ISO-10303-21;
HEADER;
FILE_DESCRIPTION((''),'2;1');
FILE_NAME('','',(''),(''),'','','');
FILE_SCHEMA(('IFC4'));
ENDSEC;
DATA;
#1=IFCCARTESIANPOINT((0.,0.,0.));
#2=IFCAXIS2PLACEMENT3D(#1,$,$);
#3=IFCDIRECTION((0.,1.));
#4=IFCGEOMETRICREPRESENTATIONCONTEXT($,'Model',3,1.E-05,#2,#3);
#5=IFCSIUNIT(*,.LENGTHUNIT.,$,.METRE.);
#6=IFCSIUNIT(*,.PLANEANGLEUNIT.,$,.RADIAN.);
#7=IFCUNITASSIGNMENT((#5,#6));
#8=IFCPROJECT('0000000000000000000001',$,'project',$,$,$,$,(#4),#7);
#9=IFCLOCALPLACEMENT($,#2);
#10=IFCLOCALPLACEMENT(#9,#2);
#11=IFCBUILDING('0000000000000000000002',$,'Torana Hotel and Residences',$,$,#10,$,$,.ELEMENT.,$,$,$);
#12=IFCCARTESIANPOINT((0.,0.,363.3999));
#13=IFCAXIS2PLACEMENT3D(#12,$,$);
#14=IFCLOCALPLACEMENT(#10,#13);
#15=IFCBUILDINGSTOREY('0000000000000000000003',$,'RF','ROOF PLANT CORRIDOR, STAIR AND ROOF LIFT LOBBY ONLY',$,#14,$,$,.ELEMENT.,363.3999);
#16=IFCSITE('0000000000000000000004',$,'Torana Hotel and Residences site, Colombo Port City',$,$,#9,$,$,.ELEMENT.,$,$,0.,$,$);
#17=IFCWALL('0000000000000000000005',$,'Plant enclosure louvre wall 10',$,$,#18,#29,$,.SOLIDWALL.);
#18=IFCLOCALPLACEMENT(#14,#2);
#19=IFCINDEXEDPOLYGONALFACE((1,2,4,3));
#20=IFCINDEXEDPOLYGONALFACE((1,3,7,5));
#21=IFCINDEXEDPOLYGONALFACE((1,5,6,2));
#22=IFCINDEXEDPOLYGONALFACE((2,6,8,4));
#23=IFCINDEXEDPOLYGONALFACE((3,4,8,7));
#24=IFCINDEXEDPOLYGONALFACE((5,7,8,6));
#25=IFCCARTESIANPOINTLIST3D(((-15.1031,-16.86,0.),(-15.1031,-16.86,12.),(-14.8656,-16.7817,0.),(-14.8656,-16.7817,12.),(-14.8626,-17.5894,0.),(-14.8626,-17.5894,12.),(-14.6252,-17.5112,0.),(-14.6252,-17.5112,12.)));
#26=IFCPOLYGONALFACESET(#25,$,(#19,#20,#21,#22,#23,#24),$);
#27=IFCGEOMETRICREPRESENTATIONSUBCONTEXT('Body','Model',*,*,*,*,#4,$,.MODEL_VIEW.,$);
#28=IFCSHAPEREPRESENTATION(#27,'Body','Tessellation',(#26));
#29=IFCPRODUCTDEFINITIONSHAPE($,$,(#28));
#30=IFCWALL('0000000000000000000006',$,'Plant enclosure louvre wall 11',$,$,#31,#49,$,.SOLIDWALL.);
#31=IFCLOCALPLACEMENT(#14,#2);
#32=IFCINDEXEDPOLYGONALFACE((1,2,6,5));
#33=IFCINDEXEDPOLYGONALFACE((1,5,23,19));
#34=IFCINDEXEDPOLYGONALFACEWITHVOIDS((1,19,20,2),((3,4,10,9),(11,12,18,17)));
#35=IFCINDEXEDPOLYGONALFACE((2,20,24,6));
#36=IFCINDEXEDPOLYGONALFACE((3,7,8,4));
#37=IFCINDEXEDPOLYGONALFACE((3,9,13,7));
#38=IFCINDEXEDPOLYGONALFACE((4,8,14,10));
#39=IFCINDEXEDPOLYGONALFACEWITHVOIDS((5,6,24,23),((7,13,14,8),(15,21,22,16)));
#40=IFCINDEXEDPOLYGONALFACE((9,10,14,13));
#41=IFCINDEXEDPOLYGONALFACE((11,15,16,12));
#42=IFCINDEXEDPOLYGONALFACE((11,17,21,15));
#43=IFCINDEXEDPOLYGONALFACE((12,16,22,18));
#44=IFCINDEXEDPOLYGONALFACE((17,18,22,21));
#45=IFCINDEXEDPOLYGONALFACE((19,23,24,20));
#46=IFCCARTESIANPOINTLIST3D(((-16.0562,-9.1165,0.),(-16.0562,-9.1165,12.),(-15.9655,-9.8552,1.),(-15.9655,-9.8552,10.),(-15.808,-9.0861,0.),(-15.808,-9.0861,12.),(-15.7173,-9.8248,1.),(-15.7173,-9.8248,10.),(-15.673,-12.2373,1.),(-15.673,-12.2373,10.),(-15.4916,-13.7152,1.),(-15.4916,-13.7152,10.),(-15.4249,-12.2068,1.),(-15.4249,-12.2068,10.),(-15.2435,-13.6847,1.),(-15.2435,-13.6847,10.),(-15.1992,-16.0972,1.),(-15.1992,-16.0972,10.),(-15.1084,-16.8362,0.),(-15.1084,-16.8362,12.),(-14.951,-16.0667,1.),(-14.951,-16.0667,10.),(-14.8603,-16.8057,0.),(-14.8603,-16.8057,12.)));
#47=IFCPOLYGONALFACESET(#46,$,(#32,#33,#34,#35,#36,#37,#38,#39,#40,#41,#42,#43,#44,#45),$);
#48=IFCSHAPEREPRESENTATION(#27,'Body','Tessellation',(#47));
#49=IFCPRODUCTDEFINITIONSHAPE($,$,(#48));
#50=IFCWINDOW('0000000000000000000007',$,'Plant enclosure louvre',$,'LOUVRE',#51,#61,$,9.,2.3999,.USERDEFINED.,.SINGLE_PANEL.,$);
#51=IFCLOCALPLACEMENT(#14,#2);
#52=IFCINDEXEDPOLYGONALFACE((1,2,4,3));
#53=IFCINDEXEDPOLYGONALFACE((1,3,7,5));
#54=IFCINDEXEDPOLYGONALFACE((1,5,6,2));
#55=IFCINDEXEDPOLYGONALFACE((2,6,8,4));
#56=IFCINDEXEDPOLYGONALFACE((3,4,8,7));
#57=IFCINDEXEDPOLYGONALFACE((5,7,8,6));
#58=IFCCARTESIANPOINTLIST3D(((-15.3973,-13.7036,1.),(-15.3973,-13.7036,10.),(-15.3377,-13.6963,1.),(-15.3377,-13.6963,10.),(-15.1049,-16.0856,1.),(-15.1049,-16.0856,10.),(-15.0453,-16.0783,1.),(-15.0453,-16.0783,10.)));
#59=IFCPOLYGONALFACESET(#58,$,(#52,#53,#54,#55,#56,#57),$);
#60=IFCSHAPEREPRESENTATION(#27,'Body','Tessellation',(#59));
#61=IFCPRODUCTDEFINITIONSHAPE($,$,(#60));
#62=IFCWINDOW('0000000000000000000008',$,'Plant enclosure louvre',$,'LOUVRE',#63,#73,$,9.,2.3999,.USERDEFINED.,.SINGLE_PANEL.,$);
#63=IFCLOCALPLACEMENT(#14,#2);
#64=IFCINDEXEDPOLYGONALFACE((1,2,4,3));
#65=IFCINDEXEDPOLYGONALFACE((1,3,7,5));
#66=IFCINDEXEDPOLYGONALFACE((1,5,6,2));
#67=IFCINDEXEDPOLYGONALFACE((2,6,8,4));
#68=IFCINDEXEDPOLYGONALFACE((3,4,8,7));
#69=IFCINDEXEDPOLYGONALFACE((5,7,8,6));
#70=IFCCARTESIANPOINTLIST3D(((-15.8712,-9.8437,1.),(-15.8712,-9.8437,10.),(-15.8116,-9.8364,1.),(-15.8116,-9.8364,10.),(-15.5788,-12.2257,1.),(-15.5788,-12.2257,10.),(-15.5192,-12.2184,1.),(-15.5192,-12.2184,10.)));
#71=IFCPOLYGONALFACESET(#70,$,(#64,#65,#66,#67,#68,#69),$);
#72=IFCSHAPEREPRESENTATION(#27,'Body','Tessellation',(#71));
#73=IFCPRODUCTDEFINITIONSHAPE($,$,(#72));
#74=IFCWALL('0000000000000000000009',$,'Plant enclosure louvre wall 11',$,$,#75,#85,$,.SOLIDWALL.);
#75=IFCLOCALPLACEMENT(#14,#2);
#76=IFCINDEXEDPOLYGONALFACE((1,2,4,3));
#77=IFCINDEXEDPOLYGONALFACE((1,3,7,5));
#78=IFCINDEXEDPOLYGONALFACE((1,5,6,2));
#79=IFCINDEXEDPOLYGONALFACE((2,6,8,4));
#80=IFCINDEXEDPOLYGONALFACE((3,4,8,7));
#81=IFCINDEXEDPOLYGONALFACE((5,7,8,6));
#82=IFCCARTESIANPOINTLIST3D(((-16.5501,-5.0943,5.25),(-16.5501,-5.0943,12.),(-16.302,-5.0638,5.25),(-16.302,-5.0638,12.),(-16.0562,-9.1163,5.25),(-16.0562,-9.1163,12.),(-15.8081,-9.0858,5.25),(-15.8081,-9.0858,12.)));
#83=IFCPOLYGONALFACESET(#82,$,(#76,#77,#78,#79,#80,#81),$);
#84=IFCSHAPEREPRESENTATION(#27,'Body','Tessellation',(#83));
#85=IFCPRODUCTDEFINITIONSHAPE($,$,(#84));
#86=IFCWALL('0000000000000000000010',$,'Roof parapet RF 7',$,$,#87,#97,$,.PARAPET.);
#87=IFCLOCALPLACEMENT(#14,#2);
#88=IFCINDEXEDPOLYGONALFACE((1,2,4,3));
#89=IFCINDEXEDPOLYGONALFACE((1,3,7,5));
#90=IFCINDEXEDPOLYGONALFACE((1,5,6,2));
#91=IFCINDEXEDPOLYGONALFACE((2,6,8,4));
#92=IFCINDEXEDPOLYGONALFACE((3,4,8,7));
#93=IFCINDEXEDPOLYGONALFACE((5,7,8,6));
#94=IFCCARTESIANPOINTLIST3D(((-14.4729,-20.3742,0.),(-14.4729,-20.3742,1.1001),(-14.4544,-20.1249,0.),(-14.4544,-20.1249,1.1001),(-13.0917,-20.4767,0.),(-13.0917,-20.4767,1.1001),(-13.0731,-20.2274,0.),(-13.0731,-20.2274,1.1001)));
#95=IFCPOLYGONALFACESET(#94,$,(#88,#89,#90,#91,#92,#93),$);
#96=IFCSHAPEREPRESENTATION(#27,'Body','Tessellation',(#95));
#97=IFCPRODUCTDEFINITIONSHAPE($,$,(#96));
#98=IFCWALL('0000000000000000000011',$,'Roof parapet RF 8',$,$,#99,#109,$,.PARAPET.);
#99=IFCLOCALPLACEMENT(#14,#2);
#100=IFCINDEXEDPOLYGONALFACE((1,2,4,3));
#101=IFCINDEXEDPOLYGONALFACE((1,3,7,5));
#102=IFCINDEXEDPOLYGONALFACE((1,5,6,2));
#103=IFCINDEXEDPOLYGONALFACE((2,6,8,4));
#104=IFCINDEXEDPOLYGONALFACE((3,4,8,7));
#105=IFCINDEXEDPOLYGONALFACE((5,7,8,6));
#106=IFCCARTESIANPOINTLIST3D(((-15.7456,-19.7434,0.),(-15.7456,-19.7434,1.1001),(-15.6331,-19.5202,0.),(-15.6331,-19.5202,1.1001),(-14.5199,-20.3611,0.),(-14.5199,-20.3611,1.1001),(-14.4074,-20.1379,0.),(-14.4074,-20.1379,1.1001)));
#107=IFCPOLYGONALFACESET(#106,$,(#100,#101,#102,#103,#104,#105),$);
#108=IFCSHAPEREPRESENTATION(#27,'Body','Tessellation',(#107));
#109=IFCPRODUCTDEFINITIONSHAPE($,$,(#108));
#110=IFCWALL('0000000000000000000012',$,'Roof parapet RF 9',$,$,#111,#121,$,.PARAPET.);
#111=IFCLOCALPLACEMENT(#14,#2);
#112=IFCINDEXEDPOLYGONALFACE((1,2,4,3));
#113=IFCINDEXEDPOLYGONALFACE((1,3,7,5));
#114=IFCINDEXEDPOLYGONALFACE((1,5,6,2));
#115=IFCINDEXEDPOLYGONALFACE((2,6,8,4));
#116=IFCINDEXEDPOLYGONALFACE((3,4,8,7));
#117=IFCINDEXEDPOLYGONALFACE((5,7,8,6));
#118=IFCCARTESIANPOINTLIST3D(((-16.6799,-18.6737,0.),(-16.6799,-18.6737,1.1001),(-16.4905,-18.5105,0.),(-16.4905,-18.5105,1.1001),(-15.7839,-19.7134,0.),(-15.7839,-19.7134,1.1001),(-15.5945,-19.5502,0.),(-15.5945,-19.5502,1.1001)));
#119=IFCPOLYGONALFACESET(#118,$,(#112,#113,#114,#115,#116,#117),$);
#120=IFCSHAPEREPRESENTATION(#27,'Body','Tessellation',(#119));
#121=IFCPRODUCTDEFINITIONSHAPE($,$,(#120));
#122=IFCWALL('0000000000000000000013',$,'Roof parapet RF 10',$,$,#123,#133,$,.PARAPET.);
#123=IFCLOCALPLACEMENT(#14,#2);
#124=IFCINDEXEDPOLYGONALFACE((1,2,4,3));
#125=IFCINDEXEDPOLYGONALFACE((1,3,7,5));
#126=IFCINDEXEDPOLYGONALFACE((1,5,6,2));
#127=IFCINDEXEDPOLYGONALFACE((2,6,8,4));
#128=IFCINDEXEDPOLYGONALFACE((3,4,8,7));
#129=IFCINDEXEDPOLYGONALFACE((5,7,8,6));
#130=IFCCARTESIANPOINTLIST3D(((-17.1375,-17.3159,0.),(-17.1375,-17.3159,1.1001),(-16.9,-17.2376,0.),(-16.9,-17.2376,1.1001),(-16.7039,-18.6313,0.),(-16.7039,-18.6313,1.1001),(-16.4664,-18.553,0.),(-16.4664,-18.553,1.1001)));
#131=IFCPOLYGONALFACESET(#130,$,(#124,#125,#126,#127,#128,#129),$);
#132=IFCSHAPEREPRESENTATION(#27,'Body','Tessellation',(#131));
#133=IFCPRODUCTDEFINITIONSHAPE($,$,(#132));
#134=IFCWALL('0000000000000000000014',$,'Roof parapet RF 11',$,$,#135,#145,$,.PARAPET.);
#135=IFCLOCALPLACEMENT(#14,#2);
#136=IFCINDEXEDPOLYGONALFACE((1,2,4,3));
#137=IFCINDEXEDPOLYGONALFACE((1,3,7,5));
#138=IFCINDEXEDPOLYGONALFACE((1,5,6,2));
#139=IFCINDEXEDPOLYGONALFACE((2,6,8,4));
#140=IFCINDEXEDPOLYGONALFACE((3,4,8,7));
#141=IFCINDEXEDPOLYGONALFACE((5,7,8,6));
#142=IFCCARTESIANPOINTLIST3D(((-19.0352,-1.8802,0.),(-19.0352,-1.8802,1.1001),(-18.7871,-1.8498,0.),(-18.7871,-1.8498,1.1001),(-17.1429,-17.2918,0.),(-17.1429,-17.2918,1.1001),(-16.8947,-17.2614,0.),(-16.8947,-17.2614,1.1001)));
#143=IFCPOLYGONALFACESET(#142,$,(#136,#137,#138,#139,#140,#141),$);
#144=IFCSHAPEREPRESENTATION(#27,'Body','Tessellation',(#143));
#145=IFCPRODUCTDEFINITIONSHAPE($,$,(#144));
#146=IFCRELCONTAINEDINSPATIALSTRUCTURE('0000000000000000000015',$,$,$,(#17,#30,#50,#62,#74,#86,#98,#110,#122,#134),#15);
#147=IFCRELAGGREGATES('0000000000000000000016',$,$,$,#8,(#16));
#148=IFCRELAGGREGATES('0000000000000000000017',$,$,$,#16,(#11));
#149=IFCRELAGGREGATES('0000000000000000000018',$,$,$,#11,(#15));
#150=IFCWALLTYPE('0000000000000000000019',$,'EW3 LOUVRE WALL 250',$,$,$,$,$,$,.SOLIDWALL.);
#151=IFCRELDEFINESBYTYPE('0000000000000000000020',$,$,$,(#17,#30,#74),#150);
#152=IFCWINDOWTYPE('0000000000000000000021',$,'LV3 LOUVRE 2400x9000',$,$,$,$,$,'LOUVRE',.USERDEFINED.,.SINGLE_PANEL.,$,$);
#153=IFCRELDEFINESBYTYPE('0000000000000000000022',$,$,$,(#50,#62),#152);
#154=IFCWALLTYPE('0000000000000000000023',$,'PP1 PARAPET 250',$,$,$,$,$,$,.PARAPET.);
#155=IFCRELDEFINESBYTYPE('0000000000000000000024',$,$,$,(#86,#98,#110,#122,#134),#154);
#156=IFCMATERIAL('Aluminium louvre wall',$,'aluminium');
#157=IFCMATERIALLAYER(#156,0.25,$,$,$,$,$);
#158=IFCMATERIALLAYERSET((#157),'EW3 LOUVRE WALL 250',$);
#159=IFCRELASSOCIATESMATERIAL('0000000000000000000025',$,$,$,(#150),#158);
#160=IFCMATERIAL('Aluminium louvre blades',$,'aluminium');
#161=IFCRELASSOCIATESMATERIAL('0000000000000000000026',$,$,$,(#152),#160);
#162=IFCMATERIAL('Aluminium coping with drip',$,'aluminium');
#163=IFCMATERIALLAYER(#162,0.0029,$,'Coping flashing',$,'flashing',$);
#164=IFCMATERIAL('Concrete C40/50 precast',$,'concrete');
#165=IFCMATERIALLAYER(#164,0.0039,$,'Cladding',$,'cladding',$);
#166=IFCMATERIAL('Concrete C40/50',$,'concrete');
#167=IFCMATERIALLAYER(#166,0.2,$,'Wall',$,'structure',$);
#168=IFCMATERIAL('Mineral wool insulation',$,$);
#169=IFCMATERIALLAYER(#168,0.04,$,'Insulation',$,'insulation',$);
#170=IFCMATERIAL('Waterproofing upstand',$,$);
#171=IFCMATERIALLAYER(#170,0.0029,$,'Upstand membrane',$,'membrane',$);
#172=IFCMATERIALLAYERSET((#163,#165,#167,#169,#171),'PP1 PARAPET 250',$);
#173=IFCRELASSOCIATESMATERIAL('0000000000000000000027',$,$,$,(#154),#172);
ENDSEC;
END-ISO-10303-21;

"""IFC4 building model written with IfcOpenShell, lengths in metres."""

from ifc_helpers import new_model, si_unit, direction, frame, frame_2d, origin, place, context, subcontext, project, spatial, rectangle, extrude, material, layer, layer_set, type_object, element, fill, save


model = new_model("IFC4")

# Units and contexts
model_context = context("Model", 3, precision=1e-05, world=origin(), true_north=direction((0.0, 1.0)))
body_context = subcontext(model_context, "Body", "Model", "MODEL_VIEW")
ifc_project = project(units=[si_unit("LENGTHUNIT", "METRE"), si_unit("PLANEANGLEUNIT", "RADIAN")], contexts=[model_context])

# Site, building, storey
site_placement = place(None, origin())
site = spatial("IfcSite", under=ifc_project, at=site_placement, Name="Torana Hotel and Residences site, Colombo Port City", CompositionType="ELEMENT", RefElevation=0.0)
building_placement = place(site_placement, origin())
building = spatial("IfcBuilding", under=site, at=building_placement, Name="Torana Hotel and Residences", CompositionType="ELEMENT")
storey_placement = place(building_placement, frame((0.0, 0.0, 363.3999)))
storey = spatial("IfcBuildingStorey", under=building, at=storey_placement, Name="RF", Description="ROOF PLANT CORRIDOR, STAIR AND ROOF LIFT LOBBY ONLY", CompositionType="ELEMENT", Elevation=363.3999)

# Wall
ifc_material_1 = material(Name="Aluminium louvre wall", Category="aluminium")
ifc_layer_1 = layer(ifc_material_1, 0.25)
ifc_layer_set_1 = layer_set([ifc_layer_1], Name="EW3 LOUVRE WALL 250")
wall_type_1 = type_object("IfcWallType", Name="EW3 LOUVRE WALL 250", PredefinedType="SOLIDWALL", material=ifc_layer_set_1)
wall_1_placement = place(storey_placement, frame((-14.7439, -17.5503, 0.0), z_axis=(0.0, 0.0, 1.0), x_axis=(-0.313079, 0.949727, 0.0)))
element("IfcWall", 1, at=wall_1_placement, inside=storey, type_object=wall_type_1, Name="Plant enclosure louvre wall 10", PredefinedType="SOLIDWALL", context=body_context, shape_type="SweptSolid", body=[
    extrude(rectangle(XDim=0.7681, YDim=0.25, at=frame_2d((0.384, 0.0))), origin(), (0.0, 0.0, 1.0), 12.0),
])

# Wall, openings, windows
wall_2_placement = place(storey_placement, frame((-14.9844, -16.8208, 0.0), z_axis=(0.0, 0.0, 1.0), x_axis=(-0.121855, 0.992548, 0.0)))
wall_2 = element("IfcWall", 2, at=wall_2_placement, inside=storey, type_object=wall_type_1, Name="Plant enclosure louvre wall 11", PredefinedType="SOLIDWALL", context=body_context, shape_type="SweptSolid", body=[
    extrude(rectangle(XDim=7.7776, YDim=0.25, at=frame_2d((3.8887, 0.0))), origin(), (0.0, 0.0, 1.0), 12.0),
])
opening_1_placement = place(wall_2_placement, frame((0.7444, 0.0, 1.0)))
opening_1 = element("IfcOpeningElement", 3, at=opening_1_placement, cuts=wall_2, PredefinedType="OPENING", context=body_context, shape_type="SweptSolid", body=[
    extrude(rectangle(XDim=2.3999, YDim=9.0, at=frame_2d((1.2, 4.5))), frame((0.0, 0.135, 0.0), z_axis=(0.0, -1.0, 0.0), x_axis=(1.0, 0.0, 0.0)), (0.0, 0.0, 1.0), 0.27),
])
opening_2_placement = place(wall_2_placement, frame((4.6333, 0.0, 1.0)))
opening_2 = element("IfcOpeningElement", 4, at=opening_2_placement, cuts=wall_2, PredefinedType="OPENING", context=body_context, shape_type="SweptSolid", body=[
    extrude(rectangle(XDim=2.3999, YDim=9.0, at=frame_2d((1.2, 4.5))), frame((0.0, 0.135, 0.0), z_axis=(0.0, -1.0, 0.0), x_axis=(1.0, 0.0, 0.0)), (0.0, 0.0, 1.0), 0.27),
])
ifc_material_2 = material(Name="Aluminium louvre blades", Category="aluminium")
window_type = type_object("IfcWindowType", Name="LV3 LOUVRE 2400x9000", ElementType="LOUVRE", PartitioningType="SINGLE_PANEL", PredefinedType="USERDEFINED", material=ifc_material_2)
window_1_placement = place(opening_1_placement, origin())
window_1 = element("IfcWindow", 5, at=window_1_placement, inside=storey, type_object=window_type, Name="Plant enclosure louvre", ObjectType="LOUVRE", OverallHeight=9.0, OverallWidth=2.3999, PartitioningType="SINGLE_PANEL", PredefinedType="USERDEFINED", context=body_context, shape_type="SweptSolid", body=[
    extrude(rectangle(XDim=2.3999, YDim=9.0, at=frame_2d((1.2, 4.5))), frame((0.0, 0.03, 0.0), z_axis=(0.0, -1.0, 0.0), x_axis=(1.0, 0.0, 0.0)), (0.0, 0.0, 1.0), 0.0601),
])
fill(opening_1, window_1)
window_2_placement = place(opening_2_placement, origin())
window_2 = element("IfcWindow", 6, at=window_2_placement, inside=storey, type_object=window_type, Name="Plant enclosure louvre", ObjectType="LOUVRE", OverallHeight=9.0, OverallWidth=2.3999, PartitioningType="SINGLE_PANEL", PredefinedType="USERDEFINED", context=body_context, shape_type="SweptSolid", body=[
    extrude(rectangle(XDim=2.3999, YDim=9.0, at=frame_2d((1.2, 4.5))), frame((0.0, 0.03, 0.0), z_axis=(0.0, -1.0, 0.0), x_axis=(1.0, 0.0, 0.0)), (0.0, 0.0, 1.0), 0.0601),
])
fill(opening_2, window_2)

# Walls
wall_3_placement = place(storey_placement, frame((-15.9321, -9.1011, 5.25), z_axis=(0.0, 0.0, 1.0), x_axis=(-0.121884, 0.992544, 0.0)))
element("IfcWall", 7, at=wall_3_placement, inside=storey, type_object=wall_type_1, Name="Plant enclosure louvre wall 11", PredefinedType="SOLIDWALL", context=body_context, shape_type="SweptSolid", body=[
    extrude(rectangle(XDim=4.0522, YDim=0.25, at=frame_2d((2.0261, 0.0))), origin(), (0.0, 0.0, 1.0), 6.75),
])
ifc_material_3 = material(Name="Aluminium coping with drip", Category="aluminium")
ifc_layer_2 = layer(ifc_material_3, 0.0029, Name="Coping flashing", Category="flashing")
ifc_material_4 = material(Name="Concrete C40/50 precast", Category="concrete")
ifc_layer_3 = layer(ifc_material_4, 0.0039, Name="Cladding", Category="cladding")
ifc_material_5 = material(Name="Concrete C40/50", Category="concrete")
ifc_layer_4 = layer(ifc_material_5, 0.2, Name="Wall", Category="structure")
ifc_material_6 = material(Name="Mineral wool insulation")
ifc_layer_5 = layer(ifc_material_6, 0.04, Name="Insulation", Category="insulation")
ifc_material_7 = material(Name="Waterproofing upstand")
ifc_layer_6 = layer(ifc_material_7, 0.0029, Name="Upstand membrane", Category="membrane")
ifc_layer_set_2 = layer_set([ifc_layer_2, ifc_layer_3, ifc_layer_4, ifc_layer_5, ifc_layer_6], Name="PP1 PARAPET 250")
wall_type_2 = type_object("IfcWallType", Name="PP1 PARAPET 250", PredefinedType="PARAPET", material=ifc_layer_set_2)
wall_4_placement = place(storey_placement, frame((-13.0825, -20.3521, 0.0), z_axis=(0.0, 0.0, 1.0), x_axis=(-0.997255, 0.074041, 0.0)))
element("IfcWall", 8, at=wall_4_placement, inside=storey, type_object=wall_type_2, Name="Roof parapet RF 7", PredefinedType="PARAPET", context=body_context, shape_type="SweptSolid", body=[
    extrude(rectangle(XDim=1.385, YDim=0.25, at=frame_2d((0.6924, 0.0))), origin(), (0.0, 0.0, 1.0), 1.1001),
])
for number, where, z_axis, x_axis, name in (
    (9, (-14.4636, -20.2495, 0.0), (0.0, 0.0, 1.0), (-0.893, 0.450058, 0.0), "Roof parapet RF 8"),
    (10, (-15.6892, -19.6318, 0.0), (0.0, 0.0, 1.0), (-0.652781, 0.757546, 0.0), "Roof parapet RF 9"),
):
    element("IfcWall", number, at=place(storey_placement, frame(where, z_axis=z_axis, x_axis=x_axis)), inside=storey, type_object=wall_type_2, Name=name, PredefinedType="PARAPET", context=body_context, shape_type="SweptSolid", body=[
        extrude(rectangle(XDim=1.3726, YDim=0.25, at=frame_2d((0.6863, 0.0))), origin(), (0.0, 0.0, 1.0), 1.1001),
    ])
wall_5_placement = place(storey_placement, frame((-16.5852, -18.592, 0.0), z_axis=(0.0, 0.0, 1.0), x_axis=(-0.313053, 0.949736, 0.0)))
element("IfcWall", 11, at=wall_5_placement, inside=storey, type_object=wall_type_2, Name="Roof parapet RF 10", PredefinedType="PARAPET", context=body_context, shape_type="SweptSolid", body=[
    extrude(rectangle(XDim=1.385, YDim=0.25, at=frame_2d((0.6924, 0.0))), origin(), (0.0, 0.0, 1.0), 1.1001),
])
wall_6_placement = place(storey_placement, frame((-17.0188, -17.2766, 0.0), z_axis=(0.0, 0.0, 1.0), x_axis=(-0.121871, 0.992546, 0.0)))
element("IfcWall", 12, at=wall_6_placement, inside=storey, type_object=wall_type_2, Name="Roof parapet RF 11", PredefinedType="PARAPET", context=body_context, shape_type="SweptSolid", body=[
    extrude(rectangle(XDim=15.5273, YDim=0.25, at=frame_2d((7.7637, 0.0))), origin(), (0.0, 0.0, 1.0), 1.1001),
])

save(model, "model.ifc")
